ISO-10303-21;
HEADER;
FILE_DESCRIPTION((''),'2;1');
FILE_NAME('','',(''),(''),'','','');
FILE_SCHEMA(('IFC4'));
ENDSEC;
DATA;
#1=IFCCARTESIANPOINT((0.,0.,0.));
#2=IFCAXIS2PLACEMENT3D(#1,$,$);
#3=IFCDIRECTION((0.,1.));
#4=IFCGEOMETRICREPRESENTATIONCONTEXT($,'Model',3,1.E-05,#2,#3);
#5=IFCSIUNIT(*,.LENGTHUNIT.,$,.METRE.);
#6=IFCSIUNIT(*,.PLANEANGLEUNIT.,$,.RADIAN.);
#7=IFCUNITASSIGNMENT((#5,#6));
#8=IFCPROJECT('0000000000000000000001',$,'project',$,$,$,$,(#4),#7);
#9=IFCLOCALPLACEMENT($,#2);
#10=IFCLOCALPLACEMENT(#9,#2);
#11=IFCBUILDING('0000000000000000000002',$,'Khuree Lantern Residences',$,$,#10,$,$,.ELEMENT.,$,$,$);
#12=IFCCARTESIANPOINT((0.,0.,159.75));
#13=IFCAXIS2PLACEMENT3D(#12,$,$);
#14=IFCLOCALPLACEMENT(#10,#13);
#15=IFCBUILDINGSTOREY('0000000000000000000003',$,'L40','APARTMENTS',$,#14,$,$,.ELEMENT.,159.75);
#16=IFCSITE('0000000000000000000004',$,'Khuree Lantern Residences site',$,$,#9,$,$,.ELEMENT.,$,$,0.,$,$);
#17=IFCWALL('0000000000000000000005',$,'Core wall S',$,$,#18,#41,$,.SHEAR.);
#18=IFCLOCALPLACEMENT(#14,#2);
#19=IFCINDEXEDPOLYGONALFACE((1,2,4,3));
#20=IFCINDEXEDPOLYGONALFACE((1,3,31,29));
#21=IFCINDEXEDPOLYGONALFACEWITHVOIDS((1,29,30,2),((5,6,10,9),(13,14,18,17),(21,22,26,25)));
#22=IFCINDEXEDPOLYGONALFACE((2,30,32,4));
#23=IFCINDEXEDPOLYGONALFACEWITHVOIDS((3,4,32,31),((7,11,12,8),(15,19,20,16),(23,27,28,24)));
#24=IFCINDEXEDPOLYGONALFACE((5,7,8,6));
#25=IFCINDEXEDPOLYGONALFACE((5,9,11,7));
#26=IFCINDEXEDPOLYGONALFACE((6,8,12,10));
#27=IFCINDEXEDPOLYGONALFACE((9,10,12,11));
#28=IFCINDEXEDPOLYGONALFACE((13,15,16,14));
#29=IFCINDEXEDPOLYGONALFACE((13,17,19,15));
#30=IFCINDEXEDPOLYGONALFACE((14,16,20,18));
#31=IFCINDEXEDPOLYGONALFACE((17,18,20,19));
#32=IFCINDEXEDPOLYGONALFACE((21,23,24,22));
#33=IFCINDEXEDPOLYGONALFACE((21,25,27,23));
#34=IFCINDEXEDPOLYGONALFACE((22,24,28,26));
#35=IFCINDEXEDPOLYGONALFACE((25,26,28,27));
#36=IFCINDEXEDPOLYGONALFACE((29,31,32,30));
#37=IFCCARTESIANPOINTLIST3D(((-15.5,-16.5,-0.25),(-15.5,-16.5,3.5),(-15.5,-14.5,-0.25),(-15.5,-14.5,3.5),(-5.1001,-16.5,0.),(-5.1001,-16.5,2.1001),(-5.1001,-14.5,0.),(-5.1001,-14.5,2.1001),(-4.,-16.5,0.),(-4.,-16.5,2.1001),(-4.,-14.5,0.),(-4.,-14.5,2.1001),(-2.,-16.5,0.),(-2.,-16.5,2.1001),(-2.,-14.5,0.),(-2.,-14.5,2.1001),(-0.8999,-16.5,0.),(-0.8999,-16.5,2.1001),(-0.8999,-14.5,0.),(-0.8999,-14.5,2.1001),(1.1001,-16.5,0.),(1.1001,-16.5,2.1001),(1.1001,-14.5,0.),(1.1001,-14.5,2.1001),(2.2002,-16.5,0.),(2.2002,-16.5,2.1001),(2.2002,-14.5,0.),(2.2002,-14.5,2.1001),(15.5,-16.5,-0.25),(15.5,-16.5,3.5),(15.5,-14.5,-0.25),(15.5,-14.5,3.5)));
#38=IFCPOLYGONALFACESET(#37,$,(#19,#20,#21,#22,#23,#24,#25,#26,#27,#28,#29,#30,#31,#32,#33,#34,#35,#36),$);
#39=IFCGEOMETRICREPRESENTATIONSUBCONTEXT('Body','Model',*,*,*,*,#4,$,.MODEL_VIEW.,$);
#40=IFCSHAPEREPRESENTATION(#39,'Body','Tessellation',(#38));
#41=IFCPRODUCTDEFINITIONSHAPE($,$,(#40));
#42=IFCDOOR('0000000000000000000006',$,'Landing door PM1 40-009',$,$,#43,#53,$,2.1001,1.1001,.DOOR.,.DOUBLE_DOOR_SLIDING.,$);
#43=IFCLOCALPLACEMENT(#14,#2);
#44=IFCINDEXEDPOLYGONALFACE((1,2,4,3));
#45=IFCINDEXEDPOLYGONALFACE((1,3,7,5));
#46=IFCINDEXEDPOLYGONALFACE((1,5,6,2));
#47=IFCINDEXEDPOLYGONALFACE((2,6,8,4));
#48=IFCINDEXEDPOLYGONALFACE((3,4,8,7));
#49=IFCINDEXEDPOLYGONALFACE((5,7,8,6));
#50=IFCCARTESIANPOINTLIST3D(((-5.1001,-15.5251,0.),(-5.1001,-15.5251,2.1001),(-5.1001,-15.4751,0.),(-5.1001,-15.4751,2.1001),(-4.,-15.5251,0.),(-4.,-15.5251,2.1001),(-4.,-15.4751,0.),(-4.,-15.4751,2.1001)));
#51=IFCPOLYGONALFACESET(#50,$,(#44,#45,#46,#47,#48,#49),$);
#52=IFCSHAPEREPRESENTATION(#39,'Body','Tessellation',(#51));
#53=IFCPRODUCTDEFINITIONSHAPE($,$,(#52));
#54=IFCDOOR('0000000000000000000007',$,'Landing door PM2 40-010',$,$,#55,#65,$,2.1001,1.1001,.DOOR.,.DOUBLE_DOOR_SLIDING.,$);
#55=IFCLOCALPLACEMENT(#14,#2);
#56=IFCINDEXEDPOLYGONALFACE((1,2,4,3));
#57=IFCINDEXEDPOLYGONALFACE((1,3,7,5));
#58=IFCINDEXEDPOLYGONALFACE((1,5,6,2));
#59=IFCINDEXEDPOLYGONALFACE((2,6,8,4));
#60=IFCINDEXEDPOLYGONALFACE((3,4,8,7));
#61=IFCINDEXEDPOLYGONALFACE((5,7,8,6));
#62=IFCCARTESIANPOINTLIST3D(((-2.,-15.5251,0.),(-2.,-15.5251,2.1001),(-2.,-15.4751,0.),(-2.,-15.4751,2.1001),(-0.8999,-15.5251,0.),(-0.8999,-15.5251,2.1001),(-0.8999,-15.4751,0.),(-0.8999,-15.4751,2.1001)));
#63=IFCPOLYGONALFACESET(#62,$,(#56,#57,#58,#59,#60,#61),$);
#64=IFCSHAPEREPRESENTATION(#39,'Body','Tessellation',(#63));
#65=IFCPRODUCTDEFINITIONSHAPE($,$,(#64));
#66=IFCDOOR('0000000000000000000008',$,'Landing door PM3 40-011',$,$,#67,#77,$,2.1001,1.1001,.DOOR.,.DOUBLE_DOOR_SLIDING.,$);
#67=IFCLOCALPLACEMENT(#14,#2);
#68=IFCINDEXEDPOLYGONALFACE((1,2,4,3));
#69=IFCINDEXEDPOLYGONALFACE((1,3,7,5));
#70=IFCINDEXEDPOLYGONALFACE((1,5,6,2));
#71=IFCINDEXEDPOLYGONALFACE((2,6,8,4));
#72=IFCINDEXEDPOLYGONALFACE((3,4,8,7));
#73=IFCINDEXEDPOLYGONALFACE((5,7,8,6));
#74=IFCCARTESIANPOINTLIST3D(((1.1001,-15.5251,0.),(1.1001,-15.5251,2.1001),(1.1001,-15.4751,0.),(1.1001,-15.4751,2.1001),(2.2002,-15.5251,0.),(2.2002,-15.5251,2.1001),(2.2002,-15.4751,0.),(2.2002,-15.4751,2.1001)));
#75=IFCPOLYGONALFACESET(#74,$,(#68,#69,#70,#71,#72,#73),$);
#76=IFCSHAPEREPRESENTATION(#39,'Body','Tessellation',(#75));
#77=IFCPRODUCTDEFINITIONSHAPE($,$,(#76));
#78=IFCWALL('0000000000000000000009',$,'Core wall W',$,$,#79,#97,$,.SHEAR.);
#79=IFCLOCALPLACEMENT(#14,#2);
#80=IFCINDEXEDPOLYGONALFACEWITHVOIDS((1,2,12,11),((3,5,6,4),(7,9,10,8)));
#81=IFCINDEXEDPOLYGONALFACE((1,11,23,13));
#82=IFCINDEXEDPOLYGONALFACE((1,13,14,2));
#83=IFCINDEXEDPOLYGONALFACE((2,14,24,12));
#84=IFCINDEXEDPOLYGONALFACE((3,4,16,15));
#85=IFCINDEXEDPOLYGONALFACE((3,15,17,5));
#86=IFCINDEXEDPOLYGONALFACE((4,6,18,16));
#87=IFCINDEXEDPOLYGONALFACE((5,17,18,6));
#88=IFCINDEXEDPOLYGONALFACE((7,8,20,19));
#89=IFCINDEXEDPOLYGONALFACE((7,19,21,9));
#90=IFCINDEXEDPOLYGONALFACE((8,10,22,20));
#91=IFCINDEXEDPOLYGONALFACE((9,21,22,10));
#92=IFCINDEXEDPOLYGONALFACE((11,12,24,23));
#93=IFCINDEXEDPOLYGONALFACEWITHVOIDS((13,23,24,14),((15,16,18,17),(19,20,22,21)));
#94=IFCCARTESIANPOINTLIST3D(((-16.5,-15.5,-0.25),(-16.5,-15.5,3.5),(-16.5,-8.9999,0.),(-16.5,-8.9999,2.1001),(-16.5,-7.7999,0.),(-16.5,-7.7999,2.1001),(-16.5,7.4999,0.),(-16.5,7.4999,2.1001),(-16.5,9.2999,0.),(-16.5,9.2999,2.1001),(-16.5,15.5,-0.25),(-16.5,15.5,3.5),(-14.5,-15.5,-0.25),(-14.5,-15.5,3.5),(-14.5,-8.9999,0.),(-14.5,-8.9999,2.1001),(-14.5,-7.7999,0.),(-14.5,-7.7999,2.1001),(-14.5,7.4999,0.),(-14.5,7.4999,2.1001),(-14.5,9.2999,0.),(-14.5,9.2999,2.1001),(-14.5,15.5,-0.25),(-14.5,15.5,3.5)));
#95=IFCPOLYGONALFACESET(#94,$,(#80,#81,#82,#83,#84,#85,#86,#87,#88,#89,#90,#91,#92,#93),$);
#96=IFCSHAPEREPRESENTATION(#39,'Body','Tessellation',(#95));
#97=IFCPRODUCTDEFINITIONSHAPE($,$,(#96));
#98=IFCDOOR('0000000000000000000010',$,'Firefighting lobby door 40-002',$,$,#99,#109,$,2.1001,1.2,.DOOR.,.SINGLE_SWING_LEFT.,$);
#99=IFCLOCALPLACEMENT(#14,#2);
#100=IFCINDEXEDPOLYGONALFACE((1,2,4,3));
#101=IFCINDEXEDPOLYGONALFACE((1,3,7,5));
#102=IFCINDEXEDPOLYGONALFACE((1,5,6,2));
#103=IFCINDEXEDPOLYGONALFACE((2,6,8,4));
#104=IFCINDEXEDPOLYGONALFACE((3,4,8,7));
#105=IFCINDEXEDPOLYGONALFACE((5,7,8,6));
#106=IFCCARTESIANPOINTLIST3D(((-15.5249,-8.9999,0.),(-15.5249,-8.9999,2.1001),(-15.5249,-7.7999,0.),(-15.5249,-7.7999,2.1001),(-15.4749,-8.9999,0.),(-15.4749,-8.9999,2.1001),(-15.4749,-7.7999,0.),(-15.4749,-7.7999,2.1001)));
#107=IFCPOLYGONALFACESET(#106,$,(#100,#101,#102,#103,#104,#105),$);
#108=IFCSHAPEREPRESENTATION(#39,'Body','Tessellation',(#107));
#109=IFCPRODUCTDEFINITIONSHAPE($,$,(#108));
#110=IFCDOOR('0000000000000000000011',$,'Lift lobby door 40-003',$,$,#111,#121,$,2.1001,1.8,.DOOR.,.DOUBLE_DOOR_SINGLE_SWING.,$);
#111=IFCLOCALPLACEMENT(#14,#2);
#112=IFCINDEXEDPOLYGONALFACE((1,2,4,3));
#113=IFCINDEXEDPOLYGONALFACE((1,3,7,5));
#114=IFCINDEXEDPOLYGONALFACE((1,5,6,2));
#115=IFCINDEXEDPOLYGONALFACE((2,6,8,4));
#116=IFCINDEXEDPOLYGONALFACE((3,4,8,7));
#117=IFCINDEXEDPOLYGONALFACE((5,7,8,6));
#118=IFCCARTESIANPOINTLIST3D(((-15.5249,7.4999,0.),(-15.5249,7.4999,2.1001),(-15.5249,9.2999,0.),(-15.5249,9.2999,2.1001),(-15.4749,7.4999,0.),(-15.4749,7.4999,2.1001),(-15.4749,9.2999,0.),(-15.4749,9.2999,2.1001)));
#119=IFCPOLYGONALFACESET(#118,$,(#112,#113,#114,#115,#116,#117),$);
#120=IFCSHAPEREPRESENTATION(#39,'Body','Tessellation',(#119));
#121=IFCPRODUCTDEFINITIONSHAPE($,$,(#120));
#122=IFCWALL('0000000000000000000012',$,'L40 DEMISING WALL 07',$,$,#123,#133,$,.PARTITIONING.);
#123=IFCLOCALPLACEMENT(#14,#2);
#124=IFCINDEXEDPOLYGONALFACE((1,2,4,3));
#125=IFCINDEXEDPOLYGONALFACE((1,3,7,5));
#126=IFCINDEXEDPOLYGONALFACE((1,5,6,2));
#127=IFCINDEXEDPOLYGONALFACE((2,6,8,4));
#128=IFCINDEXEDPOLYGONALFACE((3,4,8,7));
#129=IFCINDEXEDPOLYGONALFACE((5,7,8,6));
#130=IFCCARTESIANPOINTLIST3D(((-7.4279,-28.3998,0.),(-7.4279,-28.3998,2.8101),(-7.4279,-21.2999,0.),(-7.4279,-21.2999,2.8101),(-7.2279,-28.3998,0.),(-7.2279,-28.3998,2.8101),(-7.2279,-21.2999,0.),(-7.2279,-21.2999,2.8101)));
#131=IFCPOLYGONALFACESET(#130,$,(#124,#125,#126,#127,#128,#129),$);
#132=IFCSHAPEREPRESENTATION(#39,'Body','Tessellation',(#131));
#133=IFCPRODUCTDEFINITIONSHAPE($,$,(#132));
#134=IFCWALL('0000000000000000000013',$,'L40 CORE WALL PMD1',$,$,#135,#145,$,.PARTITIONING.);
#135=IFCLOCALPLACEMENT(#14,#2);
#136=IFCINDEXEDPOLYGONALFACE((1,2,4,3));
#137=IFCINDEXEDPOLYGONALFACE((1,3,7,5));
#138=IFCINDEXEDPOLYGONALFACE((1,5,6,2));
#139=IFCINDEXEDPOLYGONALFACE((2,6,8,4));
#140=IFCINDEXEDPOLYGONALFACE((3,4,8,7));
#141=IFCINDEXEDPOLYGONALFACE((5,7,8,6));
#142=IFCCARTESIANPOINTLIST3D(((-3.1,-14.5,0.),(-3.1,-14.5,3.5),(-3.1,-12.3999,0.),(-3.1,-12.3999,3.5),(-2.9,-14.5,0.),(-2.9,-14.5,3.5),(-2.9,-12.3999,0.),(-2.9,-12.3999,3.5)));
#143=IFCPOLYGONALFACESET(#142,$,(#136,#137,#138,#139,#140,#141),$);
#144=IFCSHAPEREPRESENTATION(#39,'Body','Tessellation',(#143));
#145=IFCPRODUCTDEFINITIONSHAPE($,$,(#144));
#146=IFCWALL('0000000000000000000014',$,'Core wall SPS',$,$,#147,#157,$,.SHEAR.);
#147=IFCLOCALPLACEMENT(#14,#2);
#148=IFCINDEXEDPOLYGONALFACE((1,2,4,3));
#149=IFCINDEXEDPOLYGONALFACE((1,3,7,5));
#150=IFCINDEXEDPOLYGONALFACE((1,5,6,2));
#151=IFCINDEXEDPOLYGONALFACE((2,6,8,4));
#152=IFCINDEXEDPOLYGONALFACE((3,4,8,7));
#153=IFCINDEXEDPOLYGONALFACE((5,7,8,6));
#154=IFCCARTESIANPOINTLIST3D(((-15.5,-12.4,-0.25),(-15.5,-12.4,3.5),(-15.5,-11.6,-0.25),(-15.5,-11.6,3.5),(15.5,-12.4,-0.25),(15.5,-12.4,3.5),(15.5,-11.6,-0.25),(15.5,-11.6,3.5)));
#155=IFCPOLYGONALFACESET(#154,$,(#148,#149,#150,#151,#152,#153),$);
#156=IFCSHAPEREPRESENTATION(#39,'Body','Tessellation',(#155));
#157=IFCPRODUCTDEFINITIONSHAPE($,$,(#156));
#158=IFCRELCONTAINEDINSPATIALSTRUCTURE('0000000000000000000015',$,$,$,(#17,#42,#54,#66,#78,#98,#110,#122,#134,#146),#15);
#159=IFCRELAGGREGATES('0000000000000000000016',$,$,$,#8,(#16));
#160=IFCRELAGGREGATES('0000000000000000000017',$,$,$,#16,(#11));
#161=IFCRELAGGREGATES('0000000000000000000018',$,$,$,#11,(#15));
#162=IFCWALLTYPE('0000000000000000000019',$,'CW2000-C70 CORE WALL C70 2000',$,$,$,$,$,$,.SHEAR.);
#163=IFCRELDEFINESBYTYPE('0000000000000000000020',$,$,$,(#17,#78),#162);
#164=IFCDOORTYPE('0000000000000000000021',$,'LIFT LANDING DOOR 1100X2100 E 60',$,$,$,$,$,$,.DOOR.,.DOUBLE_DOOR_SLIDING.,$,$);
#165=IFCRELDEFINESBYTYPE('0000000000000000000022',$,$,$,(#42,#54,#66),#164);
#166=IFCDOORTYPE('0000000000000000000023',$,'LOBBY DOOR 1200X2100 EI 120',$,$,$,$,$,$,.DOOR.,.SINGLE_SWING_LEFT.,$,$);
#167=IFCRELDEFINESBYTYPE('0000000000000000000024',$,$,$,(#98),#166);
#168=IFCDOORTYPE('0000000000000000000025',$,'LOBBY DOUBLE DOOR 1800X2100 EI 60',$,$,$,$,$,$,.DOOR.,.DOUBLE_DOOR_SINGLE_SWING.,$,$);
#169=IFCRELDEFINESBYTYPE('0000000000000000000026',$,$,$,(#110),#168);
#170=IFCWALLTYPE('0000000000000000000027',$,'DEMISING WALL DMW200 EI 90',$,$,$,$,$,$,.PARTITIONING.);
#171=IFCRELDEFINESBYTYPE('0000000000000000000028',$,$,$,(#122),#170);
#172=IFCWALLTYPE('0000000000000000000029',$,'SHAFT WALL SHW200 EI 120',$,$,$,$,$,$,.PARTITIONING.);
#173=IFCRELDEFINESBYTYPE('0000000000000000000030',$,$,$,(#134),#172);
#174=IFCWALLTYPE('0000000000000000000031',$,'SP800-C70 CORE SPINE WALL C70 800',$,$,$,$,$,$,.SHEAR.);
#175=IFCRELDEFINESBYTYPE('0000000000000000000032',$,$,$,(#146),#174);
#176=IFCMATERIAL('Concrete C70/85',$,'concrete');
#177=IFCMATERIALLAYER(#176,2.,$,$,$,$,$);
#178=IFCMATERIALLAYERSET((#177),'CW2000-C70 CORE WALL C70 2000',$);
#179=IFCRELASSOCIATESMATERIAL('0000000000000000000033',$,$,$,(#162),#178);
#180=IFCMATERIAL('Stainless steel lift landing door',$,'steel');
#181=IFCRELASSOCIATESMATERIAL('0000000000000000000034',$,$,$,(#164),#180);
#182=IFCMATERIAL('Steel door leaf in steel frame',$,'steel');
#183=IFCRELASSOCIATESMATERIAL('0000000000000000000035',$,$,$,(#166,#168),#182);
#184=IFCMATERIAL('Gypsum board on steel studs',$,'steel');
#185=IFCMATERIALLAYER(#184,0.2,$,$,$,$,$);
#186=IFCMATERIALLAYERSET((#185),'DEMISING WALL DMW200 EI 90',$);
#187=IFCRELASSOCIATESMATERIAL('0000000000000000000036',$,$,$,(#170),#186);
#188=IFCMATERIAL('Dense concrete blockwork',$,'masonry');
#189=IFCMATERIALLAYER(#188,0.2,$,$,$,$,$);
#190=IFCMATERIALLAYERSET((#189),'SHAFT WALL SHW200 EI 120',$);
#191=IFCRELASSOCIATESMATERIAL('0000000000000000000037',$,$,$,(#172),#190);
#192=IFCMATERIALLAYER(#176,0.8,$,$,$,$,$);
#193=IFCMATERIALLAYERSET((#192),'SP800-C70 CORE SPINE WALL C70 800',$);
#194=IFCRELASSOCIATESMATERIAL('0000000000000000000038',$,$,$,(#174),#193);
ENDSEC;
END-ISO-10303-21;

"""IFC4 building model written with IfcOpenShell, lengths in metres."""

from ifc_helpers import new_model, si_unit, direction, frame, frame_2d, origin, place, context, subcontext, project, spatial, rectangle, extrude, material, layer, layer_set, type_object, element, fill, save


model = new_model("IFC4")

# Units and contexts
model_context = context("Model", 3, precision=1e-05, world=origin(), true_north=direction((0.0, 1.0)))
body_context = subcontext(model_context, "Body", "Model", "MODEL_VIEW")
ifc_project = project(units=[si_unit("LENGTHUNIT", "METRE"), si_unit("PLANEANGLEUNIT", "RADIAN")], contexts=[model_context])

# Site, building, storey
site_placement = place(None, origin())
site = spatial("IfcSite", under=ifc_project, at=site_placement, Name="Khuree Lantern Residences site", CompositionType="ELEMENT", RefElevation=0.0)
building_placement = place(site_placement, origin())
building = spatial("IfcBuilding", under=site, at=building_placement, Name="Khuree Lantern Residences", CompositionType="ELEMENT")
storey_placement = place(building_placement, frame((0.0, 0.0, 159.75)))
storey = spatial("IfcBuildingStorey", under=building, at=storey_placement, Name="L40", Description="APARTMENTS", CompositionType="ELEMENT", Elevation=159.75)

# Shared definitions
ifc_material_1 = material(Name="Concrete C70/85", Category="concrete")

# Shared definitions
ifc_material_2 = material(Name="Dense concrete blockwork", Category="masonry")
ifc_material_3 = material(Name="Stainless steel lift landing door", Category="steel")

# Shared definitions
ifc_material_4 = material(Name="Gypsum board on steel studs", Category="steel")

# Walls, openings, doors
ifc_layer_1 = layer(ifc_material_1, 2.0)
ifc_layer_set_1 = layer_set([ifc_layer_1], Name="CW2000-C70 CORE WALL C70 2000")
wall_type_1 = type_object("IfcWallType", Name="CW2000-C70 CORE WALL C70 2000", PredefinedType="SHEAR", material=ifc_layer_set_1)
wall_1_placement = place(storey_placement, frame((-15.5, -15.5, -0.25), z_axis=(0.0, 0.0, 1.0), x_axis=(1.0, 0.0, 0.0)))
wall_1 = element("IfcWall", 1, at=wall_1_placement, inside=storey, type_object=wall_type_1, Name="Core wall S", PredefinedType="SHEAR", context=body_context, shape_type="SweptSolid", body=[
    extrude(rectangle(XDim=31.0, YDim=2.0, at=frame_2d((15.5, 0.0))), origin(), (0.0, 0.0, 1.0), 3.75),
])
opening_1_placement = place(wall_1_placement, frame((10.3999, 0.0, 0.25)))
opening_1 = element("IfcOpeningElement", 2, at=opening_1_placement, cuts=wall_1, PredefinedType="OPENING", context=body_context, shape_type="SweptSolid", body=[
    extrude(rectangle(XDim=1.1001, YDim=2.1001, at=frame_2d((0.55, 1.05))), frame((0.0, 1.01, 0.0), z_axis=(0.0, -1.0, 0.0), x_axis=(1.0, 0.0, 0.0)), (0.0, 0.0, 1.0), 2.02),
])
opening_2_placement = place(wall_1_placement, frame((13.5, 0.0, 0.25)))
opening_2 = element("IfcOpeningElement", 3, at=opening_2_placement, cuts=wall_1, PredefinedType="OPENING", context=body_context, shape_type="SweptSolid", body=[
    extrude(rectangle(XDim=1.1001, YDim=2.1001, at=frame_2d((0.55, 1.05))), frame((0.0, 1.01, 0.0), z_axis=(0.0, -1.0, 0.0), x_axis=(1.0, 0.0, 0.0)), (0.0, 0.0, 1.0), 2.02),
])
opening_3_placement = place(wall_1_placement, frame((16.6001, 0.0, 0.25)))
opening_3 = element("IfcOpeningElement", 4, at=opening_3_placement, cuts=wall_1, PredefinedType="OPENING", context=body_context, shape_type="SweptSolid", body=[
    extrude(rectangle(XDim=1.1001, YDim=2.1001, at=frame_2d((0.55, 1.05))), frame((0.0, 1.01, 0.0), z_axis=(0.0, -1.0, 0.0), x_axis=(1.0, 0.0, 0.0)), (0.0, 0.0, 1.0), 2.02),
])
door_type_1 = type_object("IfcDoorType", Name="LIFT LANDING DOOR 1100X2100 E 60", OperationType="DOUBLE_DOOR_SLIDING", PredefinedType="DOOR", material=ifc_material_3)
door_1_placement = place(opening_1_placement, origin())
door_1 = element("IfcDoor", 5, at=door_1_placement, inside=storey, type_object=door_type_1, Name="Landing door PM1 40-009", OperationType="DOUBLE_DOOR_SLIDING", OverallHeight=2.1001, OverallWidth=1.1001, PredefinedType="DOOR", context=body_context, shape_type="SweptSolid", body=[
    extrude(rectangle(XDim=1.1001, YDim=2.1001, at=frame_2d((0.55, 1.05))), frame((0.0, 0.0249, 0.0), z_axis=(0.0, -1.0, 0.0), x_axis=(1.0, 0.0, 0.0)), (0.0, 0.0, 1.0), 0.05),
])
fill(opening_1, door_1)
door_2_placement = place(opening_2_placement, origin())
door_2 = element("IfcDoor", 6, at=door_2_placement, inside=storey, type_object=door_type_1, Name="Landing door PM2 40-010", OperationType="DOUBLE_DOOR_SLIDING", OverallHeight=2.1001, OverallWidth=1.1001, PredefinedType="DOOR", context=body_context, shape_type="SweptSolid", body=[
    extrude(rectangle(XDim=1.1001, YDim=2.1001, at=frame_2d((0.55, 1.05))), frame((0.0, 0.0249, 0.0), z_axis=(0.0, -1.0, 0.0), x_axis=(1.0, 0.0, 0.0)), (0.0, 0.0, 1.0), 0.05),
])
fill(opening_2, door_2)
door_3_placement = place(opening_3_placement, origin())
door_3 = element("IfcDoor", 7, at=door_3_placement, inside=storey, type_object=door_type_1, Name="Landing door PM3 40-011", OperationType="DOUBLE_DOOR_SLIDING", OverallHeight=2.1001, OverallWidth=1.1001, PredefinedType="DOOR", context=body_context, shape_type="SweptSolid", body=[
    extrude(rectangle(XDim=1.1001, YDim=2.1001, at=frame_2d((0.55, 1.05))), frame((0.0, 0.0249, 0.0), z_axis=(0.0, -1.0, 0.0), x_axis=(1.0, 0.0, 0.0)), (0.0, 0.0, 1.0), 0.05),
])
fill(opening_3, door_3)
wall_2_placement = place(storey_placement, frame((-15.5, -15.5, -0.25), z_axis=(0.0, 0.0, 1.0), x_axis=(0.0, 1.0, 0.0)))
wall_2 = element("IfcWall", 8, at=wall_2_placement, inside=storey, type_object=wall_type_1, Name="Core wall W", PredefinedType="SHEAR", context=body_context, shape_type="SweptSolid", body=[
    extrude(rectangle(XDim=31.0, YDim=2.0, at=frame_2d((15.5, 0.0))), origin(), (0.0, 0.0, 1.0), 3.75),
])
opening_4_placement = place(wall_2_placement, frame((6.5, 0.0, 0.25)))
opening_4 = element("IfcOpeningElement", 9, at=opening_4_placement, cuts=wall_2, PredefinedType="OPENING", context=body_context, shape_type="SweptSolid", body=[
    extrude(rectangle(XDim=1.2, YDim=2.1001, at=frame_2d((0.6001, 1.05))), frame((0.0, 1.01, 0.0), z_axis=(0.0, -1.0, 0.0), x_axis=(1.0, 0.0, 0.0)), (0.0, 0.0, 1.0), 2.02),
])
opening_5_placement = place(wall_2_placement, frame((23.0, 0.0, 0.25)))
opening_5 = element("IfcOpeningElement", 10, at=opening_5_placement, cuts=wall_2, PredefinedType="OPENING", context=body_context, shape_type="SweptSolid", body=[
    extrude(rectangle(XDim=1.8, YDim=2.1001, at=frame_2d((0.8999, 1.05))), frame((0.0, 1.01, 0.0), z_axis=(0.0, -1.0, 0.0), x_axis=(1.0, 0.0, 0.0)), (0.0, 0.0, 1.0), 2.02),
])
ifc_material_5 = material(Name="Steel door leaf in steel frame", Category="steel")
door_type_2 = type_object("IfcDoorType", Name="LOBBY DOOR 1200X2100 EI 120", OperationType="SINGLE_SWING_LEFT", PredefinedType="DOOR", material=ifc_material_5)
door_4_placement = place(opening_4_placement, origin())
door_4 = element("IfcDoor", 11, at=door_4_placement, inside=storey, type_object=door_type_2, Name="Firefighting lobby door 40-002", OperationType="SINGLE_SWING_LEFT", OverallHeight=2.1001, OverallWidth=1.2, PredefinedType="DOOR", context=body_context, shape_type="SweptSolid", body=[
    extrude(rectangle(XDim=1.2, YDim=2.1001, at=frame_2d((0.6001, 1.05))), frame((0.0, 0.0249, 0.0), z_axis=(0.0, -1.0, 0.0), x_axis=(1.0, 0.0, 0.0)), (0.0, 0.0, 1.0), 0.05),
])
fill(opening_4, door_4)
door_type_3 = type_object("IfcDoorType", Name="LOBBY DOUBLE DOOR 1800X2100 EI 60", OperationType="DOUBLE_DOOR_SINGLE_SWING", PredefinedType="DOOR", material=ifc_material_5)
door_5_placement = place(opening_5_placement, origin())
door_5 = element("IfcDoor", 12, at=door_5_placement, inside=storey, type_object=door_type_3, Name="Lift lobby door 40-003", OperationType="DOUBLE_DOOR_SINGLE_SWING", OverallHeight=2.1001, OverallWidth=1.8, PredefinedType="DOOR", context=body_context, shape_type="SweptSolid", body=[
    extrude(rectangle(XDim=1.8, YDim=2.1001, at=frame_2d((0.8999, 1.05))), frame((0.0, 0.0249, 0.0), z_axis=(0.0, -1.0, 0.0), x_axis=(1.0, 0.0, 0.0)), (0.0, 0.0, 1.0), 0.05),
])
fill(opening_5, door_5)

# Walls
ifc_layer_2 = layer(ifc_material_4, 0.2)
ifc_layer_set_2 = layer_set([ifc_layer_2], Name="DEMISING WALL DMW200 EI 90")
wall_type_2 = type_object("IfcWallType", Name="DEMISING WALL DMW200 EI 90", PredefinedType="PARTITIONING", material=ifc_layer_set_2)
wall_3_placement = place(storey_placement, frame((-7.3279, -21.3, 0.0), z_axis=(0.0, 0.0, 1.0), x_axis=(0.0, -1.0, 0.0)))
element("IfcWall", 13, at=wall_3_placement, inside=storey, type_object=wall_type_2, Name="L40 DEMISING WALL 07", PredefinedType="PARTITIONING", context=body_context, shape_type="SweptSolid", body=[
    extrude(rectangle(XDim=7.0999, YDim=0.2, at=frame_2d((3.5498, 0.0))), origin(), (0.0, 0.0, 1.0), 2.8101),
])
ifc_layer_3 = layer(ifc_material_2, 0.2)
ifc_layer_set_3 = layer_set([ifc_layer_3], Name="SHAFT WALL SHW200 EI 120")
wall_type_3 = type_object("IfcWallType", Name="SHAFT WALL SHW200 EI 120", PredefinedType="PARTITIONING", material=ifc_layer_set_3)
wall_4_placement = place(storey_placement, frame((-3.0, -14.5, 0.0), z_axis=(0.0, 0.0, 1.0), x_axis=(0.0, 1.0, 0.0)))
element("IfcWall", 14, at=wall_4_placement, inside=storey, type_object=wall_type_3, Name="L40 CORE WALL PMD1", PredefinedType="PARTITIONING", context=body_context, shape_type="SweptSolid", body=[
    extrude(rectangle(XDim=2.1001, YDim=0.2, at=frame_2d((1.05, 0.0))), origin(), (0.0, 0.0, 1.0), 3.5),
])
ifc_layer_4 = layer(ifc_material_1, 0.8)
ifc_layer_set_4 = layer_set([ifc_layer_4], Name="SP800-C70 CORE SPINE WALL C70 800")
wall_type_4 = type_object("IfcWallType", Name="SP800-C70 CORE SPINE WALL C70 800", PredefinedType="SHEAR", material=ifc_layer_set_4)
wall_5_placement = place(storey_placement, frame((-15.5, -12.0, -0.25), z_axis=(0.0, 0.0, 1.0), x_axis=(1.0, 0.0, 0.0)))
element("IfcWall", 15, at=wall_5_placement, inside=storey, type_object=wall_type_4, Name="Core wall SPS", PredefinedType="SHEAR", context=body_context, shape_type="SweptSolid", body=[
    extrude(rectangle(XDim=31.0, YDim=0.8, at=frame_2d((15.5, 0.0))), origin(), (0.0, 0.0, 1.0), 3.75),
])

save(model, "model.ifc")
